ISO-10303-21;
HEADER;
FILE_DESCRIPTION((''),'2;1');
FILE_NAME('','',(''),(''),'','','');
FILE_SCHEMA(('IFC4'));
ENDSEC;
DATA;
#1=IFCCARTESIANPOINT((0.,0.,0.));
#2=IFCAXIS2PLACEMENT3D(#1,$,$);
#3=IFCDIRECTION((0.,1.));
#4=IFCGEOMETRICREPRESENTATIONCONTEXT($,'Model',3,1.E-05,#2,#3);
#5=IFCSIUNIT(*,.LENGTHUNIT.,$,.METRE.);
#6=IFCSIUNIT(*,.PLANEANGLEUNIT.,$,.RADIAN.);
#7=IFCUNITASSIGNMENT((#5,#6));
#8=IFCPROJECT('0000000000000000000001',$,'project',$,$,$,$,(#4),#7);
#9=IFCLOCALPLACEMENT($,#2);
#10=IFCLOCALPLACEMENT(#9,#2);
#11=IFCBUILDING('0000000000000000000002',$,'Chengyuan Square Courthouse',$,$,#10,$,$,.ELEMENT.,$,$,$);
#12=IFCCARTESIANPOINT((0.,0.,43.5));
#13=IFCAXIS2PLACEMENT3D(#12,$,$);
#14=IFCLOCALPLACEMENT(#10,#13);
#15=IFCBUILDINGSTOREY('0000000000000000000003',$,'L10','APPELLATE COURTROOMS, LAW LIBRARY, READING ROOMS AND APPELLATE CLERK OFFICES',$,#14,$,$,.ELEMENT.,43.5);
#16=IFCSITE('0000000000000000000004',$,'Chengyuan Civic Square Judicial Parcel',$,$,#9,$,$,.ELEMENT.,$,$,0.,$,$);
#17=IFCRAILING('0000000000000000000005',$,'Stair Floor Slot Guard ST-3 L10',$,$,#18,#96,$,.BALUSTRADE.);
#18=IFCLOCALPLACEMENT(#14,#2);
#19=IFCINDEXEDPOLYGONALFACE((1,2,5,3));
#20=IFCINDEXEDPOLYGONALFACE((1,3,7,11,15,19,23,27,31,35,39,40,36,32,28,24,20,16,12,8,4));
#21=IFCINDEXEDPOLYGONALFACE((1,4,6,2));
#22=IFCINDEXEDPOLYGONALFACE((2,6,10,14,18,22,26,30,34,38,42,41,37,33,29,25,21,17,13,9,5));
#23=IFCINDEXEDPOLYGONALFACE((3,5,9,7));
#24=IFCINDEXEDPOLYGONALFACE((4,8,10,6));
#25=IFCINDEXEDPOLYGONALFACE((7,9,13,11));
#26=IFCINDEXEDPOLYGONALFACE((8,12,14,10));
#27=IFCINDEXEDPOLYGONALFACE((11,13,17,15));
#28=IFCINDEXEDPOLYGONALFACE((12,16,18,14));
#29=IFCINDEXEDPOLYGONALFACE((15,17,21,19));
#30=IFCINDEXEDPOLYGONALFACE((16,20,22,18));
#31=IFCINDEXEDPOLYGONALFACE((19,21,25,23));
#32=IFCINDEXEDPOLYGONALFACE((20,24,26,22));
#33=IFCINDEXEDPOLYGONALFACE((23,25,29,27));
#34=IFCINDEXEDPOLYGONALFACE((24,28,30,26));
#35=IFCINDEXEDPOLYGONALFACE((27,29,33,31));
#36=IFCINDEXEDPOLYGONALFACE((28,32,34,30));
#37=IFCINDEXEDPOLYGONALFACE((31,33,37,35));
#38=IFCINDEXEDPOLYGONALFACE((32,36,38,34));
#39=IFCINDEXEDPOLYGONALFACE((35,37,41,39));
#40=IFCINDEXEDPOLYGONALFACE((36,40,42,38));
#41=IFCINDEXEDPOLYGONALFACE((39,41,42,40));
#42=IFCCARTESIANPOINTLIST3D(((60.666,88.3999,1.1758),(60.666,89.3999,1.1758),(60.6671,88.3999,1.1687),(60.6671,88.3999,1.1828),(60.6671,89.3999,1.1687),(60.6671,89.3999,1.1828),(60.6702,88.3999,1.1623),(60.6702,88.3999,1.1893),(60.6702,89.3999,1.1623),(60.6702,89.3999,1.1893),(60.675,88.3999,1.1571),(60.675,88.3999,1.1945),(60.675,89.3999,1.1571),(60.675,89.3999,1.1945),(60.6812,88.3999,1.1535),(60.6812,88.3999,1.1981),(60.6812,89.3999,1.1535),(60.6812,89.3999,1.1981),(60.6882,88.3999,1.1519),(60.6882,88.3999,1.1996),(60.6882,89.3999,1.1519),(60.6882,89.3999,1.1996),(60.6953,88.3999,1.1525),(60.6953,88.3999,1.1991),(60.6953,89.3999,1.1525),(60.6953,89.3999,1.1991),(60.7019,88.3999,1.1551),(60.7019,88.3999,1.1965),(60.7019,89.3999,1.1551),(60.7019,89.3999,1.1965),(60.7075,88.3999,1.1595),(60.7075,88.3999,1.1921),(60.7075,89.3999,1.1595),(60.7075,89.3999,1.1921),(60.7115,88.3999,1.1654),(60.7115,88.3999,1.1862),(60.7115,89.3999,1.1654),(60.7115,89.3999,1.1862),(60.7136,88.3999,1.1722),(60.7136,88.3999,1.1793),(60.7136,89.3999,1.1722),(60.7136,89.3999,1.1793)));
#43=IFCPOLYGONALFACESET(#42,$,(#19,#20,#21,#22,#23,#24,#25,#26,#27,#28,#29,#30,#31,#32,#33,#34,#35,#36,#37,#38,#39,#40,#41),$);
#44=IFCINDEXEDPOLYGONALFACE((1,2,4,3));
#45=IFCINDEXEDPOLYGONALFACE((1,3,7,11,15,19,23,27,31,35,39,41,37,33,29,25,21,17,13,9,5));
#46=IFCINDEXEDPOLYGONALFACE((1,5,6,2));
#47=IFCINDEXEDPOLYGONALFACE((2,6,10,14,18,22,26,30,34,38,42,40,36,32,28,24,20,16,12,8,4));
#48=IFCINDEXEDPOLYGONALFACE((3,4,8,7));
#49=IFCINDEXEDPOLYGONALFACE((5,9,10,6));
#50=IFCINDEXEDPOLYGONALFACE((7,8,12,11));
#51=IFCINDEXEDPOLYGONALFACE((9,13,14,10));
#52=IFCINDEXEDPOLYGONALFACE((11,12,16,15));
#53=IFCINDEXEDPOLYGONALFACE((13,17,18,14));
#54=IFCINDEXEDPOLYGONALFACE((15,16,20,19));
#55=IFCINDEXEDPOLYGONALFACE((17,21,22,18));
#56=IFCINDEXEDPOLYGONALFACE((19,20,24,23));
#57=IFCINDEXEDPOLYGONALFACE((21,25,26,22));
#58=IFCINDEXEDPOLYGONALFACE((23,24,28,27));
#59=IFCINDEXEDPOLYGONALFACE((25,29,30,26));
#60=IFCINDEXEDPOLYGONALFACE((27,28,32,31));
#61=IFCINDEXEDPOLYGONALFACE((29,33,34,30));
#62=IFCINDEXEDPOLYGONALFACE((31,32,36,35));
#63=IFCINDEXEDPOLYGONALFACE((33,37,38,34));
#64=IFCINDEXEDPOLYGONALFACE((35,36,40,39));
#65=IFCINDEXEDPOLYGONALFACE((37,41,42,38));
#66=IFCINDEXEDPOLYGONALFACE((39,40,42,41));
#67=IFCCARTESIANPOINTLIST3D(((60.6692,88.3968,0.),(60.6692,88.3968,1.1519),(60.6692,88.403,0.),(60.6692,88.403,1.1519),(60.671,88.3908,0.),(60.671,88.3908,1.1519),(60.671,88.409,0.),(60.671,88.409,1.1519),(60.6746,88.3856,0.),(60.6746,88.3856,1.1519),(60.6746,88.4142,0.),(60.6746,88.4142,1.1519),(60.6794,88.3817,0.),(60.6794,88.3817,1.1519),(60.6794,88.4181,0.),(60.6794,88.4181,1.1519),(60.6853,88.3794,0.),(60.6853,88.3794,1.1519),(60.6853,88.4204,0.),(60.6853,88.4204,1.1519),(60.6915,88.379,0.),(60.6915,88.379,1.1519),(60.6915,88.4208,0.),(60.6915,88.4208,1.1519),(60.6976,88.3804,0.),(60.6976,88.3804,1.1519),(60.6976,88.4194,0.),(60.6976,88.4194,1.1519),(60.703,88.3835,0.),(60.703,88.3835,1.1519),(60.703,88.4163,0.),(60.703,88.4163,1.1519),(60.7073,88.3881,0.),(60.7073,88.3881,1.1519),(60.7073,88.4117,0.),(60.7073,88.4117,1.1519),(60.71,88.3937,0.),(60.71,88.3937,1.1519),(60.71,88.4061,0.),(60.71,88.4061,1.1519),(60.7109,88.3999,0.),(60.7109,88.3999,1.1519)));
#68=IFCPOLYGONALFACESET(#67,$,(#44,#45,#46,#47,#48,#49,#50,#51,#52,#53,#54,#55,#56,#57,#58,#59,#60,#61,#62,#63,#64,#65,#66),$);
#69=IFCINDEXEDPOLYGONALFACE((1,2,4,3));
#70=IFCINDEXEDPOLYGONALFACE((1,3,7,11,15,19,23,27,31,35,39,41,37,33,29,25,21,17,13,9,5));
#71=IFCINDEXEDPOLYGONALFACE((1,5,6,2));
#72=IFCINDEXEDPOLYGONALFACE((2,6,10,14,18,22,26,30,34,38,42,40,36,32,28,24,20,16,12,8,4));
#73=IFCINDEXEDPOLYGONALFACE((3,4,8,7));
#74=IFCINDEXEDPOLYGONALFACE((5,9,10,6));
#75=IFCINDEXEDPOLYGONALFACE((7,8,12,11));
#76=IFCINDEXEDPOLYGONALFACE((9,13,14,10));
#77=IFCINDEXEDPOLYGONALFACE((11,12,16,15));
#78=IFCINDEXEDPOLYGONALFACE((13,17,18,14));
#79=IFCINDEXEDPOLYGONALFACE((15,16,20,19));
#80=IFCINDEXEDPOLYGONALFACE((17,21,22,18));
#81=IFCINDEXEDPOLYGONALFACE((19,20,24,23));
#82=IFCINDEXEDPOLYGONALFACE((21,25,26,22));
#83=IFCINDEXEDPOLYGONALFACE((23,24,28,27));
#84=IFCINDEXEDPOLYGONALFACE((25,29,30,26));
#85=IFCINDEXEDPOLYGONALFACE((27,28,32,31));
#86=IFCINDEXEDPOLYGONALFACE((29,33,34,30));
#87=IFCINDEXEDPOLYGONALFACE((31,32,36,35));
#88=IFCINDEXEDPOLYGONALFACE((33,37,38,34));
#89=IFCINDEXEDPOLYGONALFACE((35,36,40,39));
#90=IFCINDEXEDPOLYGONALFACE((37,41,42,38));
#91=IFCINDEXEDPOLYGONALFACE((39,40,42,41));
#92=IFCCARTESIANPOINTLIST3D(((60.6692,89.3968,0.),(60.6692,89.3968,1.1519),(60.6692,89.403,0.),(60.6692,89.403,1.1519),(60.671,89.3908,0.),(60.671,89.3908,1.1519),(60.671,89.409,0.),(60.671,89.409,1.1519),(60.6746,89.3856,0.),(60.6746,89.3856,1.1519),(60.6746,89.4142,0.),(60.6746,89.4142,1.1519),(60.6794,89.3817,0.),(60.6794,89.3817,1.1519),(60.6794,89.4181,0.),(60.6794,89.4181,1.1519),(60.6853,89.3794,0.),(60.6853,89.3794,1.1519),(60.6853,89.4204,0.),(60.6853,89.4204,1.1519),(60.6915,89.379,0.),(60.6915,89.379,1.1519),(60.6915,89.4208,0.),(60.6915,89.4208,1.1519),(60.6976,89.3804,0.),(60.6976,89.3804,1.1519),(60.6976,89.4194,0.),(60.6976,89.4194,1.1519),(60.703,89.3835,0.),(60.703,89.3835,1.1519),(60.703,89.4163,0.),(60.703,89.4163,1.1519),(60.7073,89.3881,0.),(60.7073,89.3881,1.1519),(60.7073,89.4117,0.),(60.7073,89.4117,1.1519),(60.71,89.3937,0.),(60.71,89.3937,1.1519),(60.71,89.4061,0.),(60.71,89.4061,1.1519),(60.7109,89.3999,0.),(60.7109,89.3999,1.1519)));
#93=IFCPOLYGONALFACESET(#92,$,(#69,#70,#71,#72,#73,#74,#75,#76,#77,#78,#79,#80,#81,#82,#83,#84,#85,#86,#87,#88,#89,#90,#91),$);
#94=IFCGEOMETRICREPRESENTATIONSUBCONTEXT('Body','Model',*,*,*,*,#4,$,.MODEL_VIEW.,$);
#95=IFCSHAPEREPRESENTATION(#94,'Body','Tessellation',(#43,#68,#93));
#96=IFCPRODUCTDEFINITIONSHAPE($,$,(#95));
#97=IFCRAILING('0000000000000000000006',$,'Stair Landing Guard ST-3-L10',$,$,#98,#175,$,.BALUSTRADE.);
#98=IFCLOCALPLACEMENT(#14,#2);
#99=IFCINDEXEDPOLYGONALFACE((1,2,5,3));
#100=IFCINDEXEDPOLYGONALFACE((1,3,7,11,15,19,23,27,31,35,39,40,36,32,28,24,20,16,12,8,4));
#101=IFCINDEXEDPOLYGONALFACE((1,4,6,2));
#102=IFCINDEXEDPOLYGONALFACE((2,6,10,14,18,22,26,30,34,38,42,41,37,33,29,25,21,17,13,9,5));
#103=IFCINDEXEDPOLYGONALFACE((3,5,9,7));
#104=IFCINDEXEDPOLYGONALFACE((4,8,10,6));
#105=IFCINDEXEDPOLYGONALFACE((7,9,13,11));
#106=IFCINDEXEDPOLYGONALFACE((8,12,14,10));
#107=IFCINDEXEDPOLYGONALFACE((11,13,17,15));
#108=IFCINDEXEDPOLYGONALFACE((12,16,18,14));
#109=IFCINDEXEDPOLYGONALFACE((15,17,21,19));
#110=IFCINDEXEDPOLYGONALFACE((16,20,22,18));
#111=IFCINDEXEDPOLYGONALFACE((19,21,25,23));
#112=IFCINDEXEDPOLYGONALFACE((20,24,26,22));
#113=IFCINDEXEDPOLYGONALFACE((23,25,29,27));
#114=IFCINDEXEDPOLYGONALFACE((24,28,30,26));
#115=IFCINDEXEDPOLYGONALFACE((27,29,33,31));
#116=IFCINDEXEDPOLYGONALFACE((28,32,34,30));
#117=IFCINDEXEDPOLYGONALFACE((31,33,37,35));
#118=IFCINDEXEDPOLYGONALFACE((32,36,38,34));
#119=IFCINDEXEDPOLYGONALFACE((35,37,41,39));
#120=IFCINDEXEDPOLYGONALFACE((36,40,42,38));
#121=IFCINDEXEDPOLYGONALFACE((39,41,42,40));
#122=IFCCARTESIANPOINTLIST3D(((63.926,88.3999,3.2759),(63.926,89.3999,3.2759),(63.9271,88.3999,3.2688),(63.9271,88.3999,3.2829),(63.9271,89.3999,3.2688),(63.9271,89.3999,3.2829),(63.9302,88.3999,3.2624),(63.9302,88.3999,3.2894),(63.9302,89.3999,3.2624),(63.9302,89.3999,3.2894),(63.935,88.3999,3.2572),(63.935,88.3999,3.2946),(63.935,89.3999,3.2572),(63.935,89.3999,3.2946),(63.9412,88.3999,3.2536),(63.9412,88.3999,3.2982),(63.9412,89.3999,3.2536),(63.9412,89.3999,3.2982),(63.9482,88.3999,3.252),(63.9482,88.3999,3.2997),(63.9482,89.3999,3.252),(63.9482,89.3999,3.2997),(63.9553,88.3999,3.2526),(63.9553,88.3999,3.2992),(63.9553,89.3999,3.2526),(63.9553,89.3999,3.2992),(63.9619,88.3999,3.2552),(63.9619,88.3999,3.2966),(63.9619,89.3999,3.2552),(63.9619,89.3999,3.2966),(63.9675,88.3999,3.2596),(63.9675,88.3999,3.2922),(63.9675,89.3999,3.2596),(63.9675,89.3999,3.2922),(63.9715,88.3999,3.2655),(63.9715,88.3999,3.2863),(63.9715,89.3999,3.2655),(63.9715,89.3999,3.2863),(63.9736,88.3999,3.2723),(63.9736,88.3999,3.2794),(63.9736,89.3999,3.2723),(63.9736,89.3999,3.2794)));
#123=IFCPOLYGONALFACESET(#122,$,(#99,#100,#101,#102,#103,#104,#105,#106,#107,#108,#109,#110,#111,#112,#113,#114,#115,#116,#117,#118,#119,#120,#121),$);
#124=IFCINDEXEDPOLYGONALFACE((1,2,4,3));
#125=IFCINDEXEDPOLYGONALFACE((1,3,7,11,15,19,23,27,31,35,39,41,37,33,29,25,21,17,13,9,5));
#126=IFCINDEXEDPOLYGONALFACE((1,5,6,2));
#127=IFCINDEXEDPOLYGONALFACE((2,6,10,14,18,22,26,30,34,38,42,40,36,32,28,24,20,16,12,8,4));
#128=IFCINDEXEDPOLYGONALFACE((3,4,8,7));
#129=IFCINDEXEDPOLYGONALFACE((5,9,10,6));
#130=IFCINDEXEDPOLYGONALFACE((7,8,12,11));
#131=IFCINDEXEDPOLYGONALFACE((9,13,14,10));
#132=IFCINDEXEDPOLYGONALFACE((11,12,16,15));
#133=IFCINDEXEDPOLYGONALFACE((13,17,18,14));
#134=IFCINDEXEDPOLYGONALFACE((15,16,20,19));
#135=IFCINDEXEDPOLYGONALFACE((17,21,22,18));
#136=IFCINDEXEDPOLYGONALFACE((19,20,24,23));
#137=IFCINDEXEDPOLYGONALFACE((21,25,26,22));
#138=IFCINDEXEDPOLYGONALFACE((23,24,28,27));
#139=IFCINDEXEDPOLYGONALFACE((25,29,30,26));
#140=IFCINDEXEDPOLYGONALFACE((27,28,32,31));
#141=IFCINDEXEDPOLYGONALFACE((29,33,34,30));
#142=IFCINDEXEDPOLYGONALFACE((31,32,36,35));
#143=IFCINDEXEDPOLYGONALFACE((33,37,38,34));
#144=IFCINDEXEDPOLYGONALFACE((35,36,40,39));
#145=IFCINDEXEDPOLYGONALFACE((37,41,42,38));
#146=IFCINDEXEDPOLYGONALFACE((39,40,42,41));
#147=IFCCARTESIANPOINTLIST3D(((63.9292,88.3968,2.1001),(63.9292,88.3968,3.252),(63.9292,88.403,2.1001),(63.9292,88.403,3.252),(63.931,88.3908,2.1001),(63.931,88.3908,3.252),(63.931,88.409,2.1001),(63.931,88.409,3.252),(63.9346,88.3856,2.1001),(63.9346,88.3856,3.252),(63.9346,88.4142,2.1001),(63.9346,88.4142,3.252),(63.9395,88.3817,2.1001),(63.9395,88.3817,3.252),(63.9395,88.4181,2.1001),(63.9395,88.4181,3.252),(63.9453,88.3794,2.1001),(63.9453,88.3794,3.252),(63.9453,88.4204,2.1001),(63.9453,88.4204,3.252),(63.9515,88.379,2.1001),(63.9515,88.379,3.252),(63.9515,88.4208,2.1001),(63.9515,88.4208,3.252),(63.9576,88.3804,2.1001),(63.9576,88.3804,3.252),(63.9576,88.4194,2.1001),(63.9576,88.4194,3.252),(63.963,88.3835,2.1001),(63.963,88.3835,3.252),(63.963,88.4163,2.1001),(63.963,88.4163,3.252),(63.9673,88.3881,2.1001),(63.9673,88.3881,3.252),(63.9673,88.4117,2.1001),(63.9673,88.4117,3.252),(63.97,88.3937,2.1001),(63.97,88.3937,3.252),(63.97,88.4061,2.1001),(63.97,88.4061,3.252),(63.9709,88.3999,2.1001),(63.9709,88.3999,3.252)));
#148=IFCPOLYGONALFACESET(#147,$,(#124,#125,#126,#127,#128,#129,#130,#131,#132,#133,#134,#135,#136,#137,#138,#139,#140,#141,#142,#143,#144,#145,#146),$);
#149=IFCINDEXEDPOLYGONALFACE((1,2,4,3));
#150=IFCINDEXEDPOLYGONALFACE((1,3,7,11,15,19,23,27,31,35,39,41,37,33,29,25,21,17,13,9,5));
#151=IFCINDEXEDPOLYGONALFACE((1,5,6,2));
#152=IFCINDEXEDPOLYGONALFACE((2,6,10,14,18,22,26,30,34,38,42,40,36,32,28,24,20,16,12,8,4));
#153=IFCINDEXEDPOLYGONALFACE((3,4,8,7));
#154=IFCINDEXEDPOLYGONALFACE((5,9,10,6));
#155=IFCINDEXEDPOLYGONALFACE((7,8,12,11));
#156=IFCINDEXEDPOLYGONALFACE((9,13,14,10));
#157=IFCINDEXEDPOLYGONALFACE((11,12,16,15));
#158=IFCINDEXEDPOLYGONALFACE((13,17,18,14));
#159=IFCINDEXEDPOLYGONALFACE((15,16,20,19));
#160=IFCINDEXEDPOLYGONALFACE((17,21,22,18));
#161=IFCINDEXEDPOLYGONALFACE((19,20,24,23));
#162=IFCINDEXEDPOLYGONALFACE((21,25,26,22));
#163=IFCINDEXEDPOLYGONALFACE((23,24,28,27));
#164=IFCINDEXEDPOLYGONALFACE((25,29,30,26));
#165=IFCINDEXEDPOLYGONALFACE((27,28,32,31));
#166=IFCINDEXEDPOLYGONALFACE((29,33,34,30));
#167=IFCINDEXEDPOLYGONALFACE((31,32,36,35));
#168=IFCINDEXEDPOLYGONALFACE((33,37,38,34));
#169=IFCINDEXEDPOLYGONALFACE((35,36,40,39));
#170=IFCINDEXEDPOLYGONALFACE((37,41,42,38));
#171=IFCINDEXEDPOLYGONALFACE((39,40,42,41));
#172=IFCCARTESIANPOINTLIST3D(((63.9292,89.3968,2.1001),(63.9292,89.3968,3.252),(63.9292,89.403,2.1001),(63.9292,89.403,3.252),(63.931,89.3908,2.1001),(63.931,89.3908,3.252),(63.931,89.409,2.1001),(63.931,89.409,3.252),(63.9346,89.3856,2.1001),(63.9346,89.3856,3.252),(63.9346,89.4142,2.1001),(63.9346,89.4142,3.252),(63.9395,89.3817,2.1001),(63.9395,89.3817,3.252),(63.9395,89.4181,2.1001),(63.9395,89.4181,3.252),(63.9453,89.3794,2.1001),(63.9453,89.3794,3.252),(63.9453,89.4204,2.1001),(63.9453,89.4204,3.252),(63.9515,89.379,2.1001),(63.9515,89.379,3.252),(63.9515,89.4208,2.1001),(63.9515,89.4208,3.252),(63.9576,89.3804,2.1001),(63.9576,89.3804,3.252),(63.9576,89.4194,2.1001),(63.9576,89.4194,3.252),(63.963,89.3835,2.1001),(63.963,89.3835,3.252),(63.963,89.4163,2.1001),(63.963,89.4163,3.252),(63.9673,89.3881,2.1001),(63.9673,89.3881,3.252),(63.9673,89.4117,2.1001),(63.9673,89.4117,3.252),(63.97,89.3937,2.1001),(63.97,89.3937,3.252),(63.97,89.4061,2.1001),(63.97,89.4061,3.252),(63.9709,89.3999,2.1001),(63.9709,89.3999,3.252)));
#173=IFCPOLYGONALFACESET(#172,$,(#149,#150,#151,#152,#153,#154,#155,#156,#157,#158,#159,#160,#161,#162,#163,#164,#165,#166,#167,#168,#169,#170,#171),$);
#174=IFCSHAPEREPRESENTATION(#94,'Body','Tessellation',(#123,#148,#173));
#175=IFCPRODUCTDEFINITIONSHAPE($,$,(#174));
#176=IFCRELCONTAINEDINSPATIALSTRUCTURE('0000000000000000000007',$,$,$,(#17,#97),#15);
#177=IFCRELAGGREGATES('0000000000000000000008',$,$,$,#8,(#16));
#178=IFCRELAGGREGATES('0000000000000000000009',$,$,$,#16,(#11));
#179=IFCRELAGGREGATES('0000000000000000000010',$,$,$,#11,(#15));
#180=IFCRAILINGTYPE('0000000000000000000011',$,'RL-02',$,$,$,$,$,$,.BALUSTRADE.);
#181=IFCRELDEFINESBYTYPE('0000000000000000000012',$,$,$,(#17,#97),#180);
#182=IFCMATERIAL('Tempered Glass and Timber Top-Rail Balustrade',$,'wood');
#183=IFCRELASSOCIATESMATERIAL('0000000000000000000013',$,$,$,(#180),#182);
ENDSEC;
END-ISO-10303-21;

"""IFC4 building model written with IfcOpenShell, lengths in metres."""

from ifc_helpers import new_model, si_unit, direction, frame, origin, origin_2d, place, context, subcontext, project, spatial, circle, extrude, material, type_object, element, save


model = new_model("IFC4")

# Units and contexts
model_context = context("Model", 3, precision=1e-05, world=origin(), true_north=direction((0.0, 1.0)))
body_context = subcontext(model_context, "Body", "Model", "MODEL_VIEW")
ifc_project = project(units=[si_unit("LENGTHUNIT", "METRE"), si_unit("PLANEANGLEUNIT", "RADIAN")], contexts=[model_context])

# Site, building, storey
site_placement = place(None, origin())
site = spatial("IfcSite", under=ifc_project, at=site_placement, Name="Chengyuan Civic Square Judicial Parcel", CompositionType="ELEMENT", RefElevation=0.0)
building_placement = place(site_placement, origin())
building = spatial("IfcBuilding", under=site, at=building_placement, Name="Chengyuan Square Courthouse", CompositionType="ELEMENT")
storey_placement = place(building_placement, frame((0.0, 0.0, 43.5)))
storey = spatial("IfcBuildingStorey", under=building, at=storey_placement, Name="L10", Description="APPELLATE COURTROOMS, LAW LIBRARY, READING ROOMS AND APPELLATE CLERK OFFICES", CompositionType="ELEMENT", Elevation=43.5)

# Railings
ifc_material_1 = material(Name="Tempered Glass and Timber Top-Rail Balustrade", Category="wood")
railing_type_1 = type_object("IfcRailingType", Name="RL-02", PredefinedType="BALUSTRADE", material=ifc_material_1)
for number, where, name in (
    (1, (60.6899, 88.3999, 0.0), "Stair Floor Slot Guard ST-3 L10"),
    (2, (63.95, 88.3999, 2.1001), "Stair Landing Guard ST-3-L10"),
):
    element("IfcRailing", number, at=place(storey_placement, frame(where)), inside=storey, type_object=railing_type_1, Name=name, PredefinedType="BALUSTRADE", context=body_context, shape_type="SweptSolid", body=[
        extrude(circle(Radius=0.0239, at=origin_2d()), frame((0.0, 0.0, 1.1758), z_axis=(0.0, 1.0, 0.0), x_axis=(-1.0, 0.0, 0.0)), (0.0, 0.0, 1.0), 1.0),
        extrude(circle(Radius=0.021, at=origin_2d()), origin(), (0.0, 0.0, 1.0), 1.1519),
        extrude(circle(Radius=0.021, at=origin_2d()), frame((0.0, 1.0, 0.0)), (0.0, 0.0, 1.0), 1.1519),
    ])

save(model, "model.ifc")
